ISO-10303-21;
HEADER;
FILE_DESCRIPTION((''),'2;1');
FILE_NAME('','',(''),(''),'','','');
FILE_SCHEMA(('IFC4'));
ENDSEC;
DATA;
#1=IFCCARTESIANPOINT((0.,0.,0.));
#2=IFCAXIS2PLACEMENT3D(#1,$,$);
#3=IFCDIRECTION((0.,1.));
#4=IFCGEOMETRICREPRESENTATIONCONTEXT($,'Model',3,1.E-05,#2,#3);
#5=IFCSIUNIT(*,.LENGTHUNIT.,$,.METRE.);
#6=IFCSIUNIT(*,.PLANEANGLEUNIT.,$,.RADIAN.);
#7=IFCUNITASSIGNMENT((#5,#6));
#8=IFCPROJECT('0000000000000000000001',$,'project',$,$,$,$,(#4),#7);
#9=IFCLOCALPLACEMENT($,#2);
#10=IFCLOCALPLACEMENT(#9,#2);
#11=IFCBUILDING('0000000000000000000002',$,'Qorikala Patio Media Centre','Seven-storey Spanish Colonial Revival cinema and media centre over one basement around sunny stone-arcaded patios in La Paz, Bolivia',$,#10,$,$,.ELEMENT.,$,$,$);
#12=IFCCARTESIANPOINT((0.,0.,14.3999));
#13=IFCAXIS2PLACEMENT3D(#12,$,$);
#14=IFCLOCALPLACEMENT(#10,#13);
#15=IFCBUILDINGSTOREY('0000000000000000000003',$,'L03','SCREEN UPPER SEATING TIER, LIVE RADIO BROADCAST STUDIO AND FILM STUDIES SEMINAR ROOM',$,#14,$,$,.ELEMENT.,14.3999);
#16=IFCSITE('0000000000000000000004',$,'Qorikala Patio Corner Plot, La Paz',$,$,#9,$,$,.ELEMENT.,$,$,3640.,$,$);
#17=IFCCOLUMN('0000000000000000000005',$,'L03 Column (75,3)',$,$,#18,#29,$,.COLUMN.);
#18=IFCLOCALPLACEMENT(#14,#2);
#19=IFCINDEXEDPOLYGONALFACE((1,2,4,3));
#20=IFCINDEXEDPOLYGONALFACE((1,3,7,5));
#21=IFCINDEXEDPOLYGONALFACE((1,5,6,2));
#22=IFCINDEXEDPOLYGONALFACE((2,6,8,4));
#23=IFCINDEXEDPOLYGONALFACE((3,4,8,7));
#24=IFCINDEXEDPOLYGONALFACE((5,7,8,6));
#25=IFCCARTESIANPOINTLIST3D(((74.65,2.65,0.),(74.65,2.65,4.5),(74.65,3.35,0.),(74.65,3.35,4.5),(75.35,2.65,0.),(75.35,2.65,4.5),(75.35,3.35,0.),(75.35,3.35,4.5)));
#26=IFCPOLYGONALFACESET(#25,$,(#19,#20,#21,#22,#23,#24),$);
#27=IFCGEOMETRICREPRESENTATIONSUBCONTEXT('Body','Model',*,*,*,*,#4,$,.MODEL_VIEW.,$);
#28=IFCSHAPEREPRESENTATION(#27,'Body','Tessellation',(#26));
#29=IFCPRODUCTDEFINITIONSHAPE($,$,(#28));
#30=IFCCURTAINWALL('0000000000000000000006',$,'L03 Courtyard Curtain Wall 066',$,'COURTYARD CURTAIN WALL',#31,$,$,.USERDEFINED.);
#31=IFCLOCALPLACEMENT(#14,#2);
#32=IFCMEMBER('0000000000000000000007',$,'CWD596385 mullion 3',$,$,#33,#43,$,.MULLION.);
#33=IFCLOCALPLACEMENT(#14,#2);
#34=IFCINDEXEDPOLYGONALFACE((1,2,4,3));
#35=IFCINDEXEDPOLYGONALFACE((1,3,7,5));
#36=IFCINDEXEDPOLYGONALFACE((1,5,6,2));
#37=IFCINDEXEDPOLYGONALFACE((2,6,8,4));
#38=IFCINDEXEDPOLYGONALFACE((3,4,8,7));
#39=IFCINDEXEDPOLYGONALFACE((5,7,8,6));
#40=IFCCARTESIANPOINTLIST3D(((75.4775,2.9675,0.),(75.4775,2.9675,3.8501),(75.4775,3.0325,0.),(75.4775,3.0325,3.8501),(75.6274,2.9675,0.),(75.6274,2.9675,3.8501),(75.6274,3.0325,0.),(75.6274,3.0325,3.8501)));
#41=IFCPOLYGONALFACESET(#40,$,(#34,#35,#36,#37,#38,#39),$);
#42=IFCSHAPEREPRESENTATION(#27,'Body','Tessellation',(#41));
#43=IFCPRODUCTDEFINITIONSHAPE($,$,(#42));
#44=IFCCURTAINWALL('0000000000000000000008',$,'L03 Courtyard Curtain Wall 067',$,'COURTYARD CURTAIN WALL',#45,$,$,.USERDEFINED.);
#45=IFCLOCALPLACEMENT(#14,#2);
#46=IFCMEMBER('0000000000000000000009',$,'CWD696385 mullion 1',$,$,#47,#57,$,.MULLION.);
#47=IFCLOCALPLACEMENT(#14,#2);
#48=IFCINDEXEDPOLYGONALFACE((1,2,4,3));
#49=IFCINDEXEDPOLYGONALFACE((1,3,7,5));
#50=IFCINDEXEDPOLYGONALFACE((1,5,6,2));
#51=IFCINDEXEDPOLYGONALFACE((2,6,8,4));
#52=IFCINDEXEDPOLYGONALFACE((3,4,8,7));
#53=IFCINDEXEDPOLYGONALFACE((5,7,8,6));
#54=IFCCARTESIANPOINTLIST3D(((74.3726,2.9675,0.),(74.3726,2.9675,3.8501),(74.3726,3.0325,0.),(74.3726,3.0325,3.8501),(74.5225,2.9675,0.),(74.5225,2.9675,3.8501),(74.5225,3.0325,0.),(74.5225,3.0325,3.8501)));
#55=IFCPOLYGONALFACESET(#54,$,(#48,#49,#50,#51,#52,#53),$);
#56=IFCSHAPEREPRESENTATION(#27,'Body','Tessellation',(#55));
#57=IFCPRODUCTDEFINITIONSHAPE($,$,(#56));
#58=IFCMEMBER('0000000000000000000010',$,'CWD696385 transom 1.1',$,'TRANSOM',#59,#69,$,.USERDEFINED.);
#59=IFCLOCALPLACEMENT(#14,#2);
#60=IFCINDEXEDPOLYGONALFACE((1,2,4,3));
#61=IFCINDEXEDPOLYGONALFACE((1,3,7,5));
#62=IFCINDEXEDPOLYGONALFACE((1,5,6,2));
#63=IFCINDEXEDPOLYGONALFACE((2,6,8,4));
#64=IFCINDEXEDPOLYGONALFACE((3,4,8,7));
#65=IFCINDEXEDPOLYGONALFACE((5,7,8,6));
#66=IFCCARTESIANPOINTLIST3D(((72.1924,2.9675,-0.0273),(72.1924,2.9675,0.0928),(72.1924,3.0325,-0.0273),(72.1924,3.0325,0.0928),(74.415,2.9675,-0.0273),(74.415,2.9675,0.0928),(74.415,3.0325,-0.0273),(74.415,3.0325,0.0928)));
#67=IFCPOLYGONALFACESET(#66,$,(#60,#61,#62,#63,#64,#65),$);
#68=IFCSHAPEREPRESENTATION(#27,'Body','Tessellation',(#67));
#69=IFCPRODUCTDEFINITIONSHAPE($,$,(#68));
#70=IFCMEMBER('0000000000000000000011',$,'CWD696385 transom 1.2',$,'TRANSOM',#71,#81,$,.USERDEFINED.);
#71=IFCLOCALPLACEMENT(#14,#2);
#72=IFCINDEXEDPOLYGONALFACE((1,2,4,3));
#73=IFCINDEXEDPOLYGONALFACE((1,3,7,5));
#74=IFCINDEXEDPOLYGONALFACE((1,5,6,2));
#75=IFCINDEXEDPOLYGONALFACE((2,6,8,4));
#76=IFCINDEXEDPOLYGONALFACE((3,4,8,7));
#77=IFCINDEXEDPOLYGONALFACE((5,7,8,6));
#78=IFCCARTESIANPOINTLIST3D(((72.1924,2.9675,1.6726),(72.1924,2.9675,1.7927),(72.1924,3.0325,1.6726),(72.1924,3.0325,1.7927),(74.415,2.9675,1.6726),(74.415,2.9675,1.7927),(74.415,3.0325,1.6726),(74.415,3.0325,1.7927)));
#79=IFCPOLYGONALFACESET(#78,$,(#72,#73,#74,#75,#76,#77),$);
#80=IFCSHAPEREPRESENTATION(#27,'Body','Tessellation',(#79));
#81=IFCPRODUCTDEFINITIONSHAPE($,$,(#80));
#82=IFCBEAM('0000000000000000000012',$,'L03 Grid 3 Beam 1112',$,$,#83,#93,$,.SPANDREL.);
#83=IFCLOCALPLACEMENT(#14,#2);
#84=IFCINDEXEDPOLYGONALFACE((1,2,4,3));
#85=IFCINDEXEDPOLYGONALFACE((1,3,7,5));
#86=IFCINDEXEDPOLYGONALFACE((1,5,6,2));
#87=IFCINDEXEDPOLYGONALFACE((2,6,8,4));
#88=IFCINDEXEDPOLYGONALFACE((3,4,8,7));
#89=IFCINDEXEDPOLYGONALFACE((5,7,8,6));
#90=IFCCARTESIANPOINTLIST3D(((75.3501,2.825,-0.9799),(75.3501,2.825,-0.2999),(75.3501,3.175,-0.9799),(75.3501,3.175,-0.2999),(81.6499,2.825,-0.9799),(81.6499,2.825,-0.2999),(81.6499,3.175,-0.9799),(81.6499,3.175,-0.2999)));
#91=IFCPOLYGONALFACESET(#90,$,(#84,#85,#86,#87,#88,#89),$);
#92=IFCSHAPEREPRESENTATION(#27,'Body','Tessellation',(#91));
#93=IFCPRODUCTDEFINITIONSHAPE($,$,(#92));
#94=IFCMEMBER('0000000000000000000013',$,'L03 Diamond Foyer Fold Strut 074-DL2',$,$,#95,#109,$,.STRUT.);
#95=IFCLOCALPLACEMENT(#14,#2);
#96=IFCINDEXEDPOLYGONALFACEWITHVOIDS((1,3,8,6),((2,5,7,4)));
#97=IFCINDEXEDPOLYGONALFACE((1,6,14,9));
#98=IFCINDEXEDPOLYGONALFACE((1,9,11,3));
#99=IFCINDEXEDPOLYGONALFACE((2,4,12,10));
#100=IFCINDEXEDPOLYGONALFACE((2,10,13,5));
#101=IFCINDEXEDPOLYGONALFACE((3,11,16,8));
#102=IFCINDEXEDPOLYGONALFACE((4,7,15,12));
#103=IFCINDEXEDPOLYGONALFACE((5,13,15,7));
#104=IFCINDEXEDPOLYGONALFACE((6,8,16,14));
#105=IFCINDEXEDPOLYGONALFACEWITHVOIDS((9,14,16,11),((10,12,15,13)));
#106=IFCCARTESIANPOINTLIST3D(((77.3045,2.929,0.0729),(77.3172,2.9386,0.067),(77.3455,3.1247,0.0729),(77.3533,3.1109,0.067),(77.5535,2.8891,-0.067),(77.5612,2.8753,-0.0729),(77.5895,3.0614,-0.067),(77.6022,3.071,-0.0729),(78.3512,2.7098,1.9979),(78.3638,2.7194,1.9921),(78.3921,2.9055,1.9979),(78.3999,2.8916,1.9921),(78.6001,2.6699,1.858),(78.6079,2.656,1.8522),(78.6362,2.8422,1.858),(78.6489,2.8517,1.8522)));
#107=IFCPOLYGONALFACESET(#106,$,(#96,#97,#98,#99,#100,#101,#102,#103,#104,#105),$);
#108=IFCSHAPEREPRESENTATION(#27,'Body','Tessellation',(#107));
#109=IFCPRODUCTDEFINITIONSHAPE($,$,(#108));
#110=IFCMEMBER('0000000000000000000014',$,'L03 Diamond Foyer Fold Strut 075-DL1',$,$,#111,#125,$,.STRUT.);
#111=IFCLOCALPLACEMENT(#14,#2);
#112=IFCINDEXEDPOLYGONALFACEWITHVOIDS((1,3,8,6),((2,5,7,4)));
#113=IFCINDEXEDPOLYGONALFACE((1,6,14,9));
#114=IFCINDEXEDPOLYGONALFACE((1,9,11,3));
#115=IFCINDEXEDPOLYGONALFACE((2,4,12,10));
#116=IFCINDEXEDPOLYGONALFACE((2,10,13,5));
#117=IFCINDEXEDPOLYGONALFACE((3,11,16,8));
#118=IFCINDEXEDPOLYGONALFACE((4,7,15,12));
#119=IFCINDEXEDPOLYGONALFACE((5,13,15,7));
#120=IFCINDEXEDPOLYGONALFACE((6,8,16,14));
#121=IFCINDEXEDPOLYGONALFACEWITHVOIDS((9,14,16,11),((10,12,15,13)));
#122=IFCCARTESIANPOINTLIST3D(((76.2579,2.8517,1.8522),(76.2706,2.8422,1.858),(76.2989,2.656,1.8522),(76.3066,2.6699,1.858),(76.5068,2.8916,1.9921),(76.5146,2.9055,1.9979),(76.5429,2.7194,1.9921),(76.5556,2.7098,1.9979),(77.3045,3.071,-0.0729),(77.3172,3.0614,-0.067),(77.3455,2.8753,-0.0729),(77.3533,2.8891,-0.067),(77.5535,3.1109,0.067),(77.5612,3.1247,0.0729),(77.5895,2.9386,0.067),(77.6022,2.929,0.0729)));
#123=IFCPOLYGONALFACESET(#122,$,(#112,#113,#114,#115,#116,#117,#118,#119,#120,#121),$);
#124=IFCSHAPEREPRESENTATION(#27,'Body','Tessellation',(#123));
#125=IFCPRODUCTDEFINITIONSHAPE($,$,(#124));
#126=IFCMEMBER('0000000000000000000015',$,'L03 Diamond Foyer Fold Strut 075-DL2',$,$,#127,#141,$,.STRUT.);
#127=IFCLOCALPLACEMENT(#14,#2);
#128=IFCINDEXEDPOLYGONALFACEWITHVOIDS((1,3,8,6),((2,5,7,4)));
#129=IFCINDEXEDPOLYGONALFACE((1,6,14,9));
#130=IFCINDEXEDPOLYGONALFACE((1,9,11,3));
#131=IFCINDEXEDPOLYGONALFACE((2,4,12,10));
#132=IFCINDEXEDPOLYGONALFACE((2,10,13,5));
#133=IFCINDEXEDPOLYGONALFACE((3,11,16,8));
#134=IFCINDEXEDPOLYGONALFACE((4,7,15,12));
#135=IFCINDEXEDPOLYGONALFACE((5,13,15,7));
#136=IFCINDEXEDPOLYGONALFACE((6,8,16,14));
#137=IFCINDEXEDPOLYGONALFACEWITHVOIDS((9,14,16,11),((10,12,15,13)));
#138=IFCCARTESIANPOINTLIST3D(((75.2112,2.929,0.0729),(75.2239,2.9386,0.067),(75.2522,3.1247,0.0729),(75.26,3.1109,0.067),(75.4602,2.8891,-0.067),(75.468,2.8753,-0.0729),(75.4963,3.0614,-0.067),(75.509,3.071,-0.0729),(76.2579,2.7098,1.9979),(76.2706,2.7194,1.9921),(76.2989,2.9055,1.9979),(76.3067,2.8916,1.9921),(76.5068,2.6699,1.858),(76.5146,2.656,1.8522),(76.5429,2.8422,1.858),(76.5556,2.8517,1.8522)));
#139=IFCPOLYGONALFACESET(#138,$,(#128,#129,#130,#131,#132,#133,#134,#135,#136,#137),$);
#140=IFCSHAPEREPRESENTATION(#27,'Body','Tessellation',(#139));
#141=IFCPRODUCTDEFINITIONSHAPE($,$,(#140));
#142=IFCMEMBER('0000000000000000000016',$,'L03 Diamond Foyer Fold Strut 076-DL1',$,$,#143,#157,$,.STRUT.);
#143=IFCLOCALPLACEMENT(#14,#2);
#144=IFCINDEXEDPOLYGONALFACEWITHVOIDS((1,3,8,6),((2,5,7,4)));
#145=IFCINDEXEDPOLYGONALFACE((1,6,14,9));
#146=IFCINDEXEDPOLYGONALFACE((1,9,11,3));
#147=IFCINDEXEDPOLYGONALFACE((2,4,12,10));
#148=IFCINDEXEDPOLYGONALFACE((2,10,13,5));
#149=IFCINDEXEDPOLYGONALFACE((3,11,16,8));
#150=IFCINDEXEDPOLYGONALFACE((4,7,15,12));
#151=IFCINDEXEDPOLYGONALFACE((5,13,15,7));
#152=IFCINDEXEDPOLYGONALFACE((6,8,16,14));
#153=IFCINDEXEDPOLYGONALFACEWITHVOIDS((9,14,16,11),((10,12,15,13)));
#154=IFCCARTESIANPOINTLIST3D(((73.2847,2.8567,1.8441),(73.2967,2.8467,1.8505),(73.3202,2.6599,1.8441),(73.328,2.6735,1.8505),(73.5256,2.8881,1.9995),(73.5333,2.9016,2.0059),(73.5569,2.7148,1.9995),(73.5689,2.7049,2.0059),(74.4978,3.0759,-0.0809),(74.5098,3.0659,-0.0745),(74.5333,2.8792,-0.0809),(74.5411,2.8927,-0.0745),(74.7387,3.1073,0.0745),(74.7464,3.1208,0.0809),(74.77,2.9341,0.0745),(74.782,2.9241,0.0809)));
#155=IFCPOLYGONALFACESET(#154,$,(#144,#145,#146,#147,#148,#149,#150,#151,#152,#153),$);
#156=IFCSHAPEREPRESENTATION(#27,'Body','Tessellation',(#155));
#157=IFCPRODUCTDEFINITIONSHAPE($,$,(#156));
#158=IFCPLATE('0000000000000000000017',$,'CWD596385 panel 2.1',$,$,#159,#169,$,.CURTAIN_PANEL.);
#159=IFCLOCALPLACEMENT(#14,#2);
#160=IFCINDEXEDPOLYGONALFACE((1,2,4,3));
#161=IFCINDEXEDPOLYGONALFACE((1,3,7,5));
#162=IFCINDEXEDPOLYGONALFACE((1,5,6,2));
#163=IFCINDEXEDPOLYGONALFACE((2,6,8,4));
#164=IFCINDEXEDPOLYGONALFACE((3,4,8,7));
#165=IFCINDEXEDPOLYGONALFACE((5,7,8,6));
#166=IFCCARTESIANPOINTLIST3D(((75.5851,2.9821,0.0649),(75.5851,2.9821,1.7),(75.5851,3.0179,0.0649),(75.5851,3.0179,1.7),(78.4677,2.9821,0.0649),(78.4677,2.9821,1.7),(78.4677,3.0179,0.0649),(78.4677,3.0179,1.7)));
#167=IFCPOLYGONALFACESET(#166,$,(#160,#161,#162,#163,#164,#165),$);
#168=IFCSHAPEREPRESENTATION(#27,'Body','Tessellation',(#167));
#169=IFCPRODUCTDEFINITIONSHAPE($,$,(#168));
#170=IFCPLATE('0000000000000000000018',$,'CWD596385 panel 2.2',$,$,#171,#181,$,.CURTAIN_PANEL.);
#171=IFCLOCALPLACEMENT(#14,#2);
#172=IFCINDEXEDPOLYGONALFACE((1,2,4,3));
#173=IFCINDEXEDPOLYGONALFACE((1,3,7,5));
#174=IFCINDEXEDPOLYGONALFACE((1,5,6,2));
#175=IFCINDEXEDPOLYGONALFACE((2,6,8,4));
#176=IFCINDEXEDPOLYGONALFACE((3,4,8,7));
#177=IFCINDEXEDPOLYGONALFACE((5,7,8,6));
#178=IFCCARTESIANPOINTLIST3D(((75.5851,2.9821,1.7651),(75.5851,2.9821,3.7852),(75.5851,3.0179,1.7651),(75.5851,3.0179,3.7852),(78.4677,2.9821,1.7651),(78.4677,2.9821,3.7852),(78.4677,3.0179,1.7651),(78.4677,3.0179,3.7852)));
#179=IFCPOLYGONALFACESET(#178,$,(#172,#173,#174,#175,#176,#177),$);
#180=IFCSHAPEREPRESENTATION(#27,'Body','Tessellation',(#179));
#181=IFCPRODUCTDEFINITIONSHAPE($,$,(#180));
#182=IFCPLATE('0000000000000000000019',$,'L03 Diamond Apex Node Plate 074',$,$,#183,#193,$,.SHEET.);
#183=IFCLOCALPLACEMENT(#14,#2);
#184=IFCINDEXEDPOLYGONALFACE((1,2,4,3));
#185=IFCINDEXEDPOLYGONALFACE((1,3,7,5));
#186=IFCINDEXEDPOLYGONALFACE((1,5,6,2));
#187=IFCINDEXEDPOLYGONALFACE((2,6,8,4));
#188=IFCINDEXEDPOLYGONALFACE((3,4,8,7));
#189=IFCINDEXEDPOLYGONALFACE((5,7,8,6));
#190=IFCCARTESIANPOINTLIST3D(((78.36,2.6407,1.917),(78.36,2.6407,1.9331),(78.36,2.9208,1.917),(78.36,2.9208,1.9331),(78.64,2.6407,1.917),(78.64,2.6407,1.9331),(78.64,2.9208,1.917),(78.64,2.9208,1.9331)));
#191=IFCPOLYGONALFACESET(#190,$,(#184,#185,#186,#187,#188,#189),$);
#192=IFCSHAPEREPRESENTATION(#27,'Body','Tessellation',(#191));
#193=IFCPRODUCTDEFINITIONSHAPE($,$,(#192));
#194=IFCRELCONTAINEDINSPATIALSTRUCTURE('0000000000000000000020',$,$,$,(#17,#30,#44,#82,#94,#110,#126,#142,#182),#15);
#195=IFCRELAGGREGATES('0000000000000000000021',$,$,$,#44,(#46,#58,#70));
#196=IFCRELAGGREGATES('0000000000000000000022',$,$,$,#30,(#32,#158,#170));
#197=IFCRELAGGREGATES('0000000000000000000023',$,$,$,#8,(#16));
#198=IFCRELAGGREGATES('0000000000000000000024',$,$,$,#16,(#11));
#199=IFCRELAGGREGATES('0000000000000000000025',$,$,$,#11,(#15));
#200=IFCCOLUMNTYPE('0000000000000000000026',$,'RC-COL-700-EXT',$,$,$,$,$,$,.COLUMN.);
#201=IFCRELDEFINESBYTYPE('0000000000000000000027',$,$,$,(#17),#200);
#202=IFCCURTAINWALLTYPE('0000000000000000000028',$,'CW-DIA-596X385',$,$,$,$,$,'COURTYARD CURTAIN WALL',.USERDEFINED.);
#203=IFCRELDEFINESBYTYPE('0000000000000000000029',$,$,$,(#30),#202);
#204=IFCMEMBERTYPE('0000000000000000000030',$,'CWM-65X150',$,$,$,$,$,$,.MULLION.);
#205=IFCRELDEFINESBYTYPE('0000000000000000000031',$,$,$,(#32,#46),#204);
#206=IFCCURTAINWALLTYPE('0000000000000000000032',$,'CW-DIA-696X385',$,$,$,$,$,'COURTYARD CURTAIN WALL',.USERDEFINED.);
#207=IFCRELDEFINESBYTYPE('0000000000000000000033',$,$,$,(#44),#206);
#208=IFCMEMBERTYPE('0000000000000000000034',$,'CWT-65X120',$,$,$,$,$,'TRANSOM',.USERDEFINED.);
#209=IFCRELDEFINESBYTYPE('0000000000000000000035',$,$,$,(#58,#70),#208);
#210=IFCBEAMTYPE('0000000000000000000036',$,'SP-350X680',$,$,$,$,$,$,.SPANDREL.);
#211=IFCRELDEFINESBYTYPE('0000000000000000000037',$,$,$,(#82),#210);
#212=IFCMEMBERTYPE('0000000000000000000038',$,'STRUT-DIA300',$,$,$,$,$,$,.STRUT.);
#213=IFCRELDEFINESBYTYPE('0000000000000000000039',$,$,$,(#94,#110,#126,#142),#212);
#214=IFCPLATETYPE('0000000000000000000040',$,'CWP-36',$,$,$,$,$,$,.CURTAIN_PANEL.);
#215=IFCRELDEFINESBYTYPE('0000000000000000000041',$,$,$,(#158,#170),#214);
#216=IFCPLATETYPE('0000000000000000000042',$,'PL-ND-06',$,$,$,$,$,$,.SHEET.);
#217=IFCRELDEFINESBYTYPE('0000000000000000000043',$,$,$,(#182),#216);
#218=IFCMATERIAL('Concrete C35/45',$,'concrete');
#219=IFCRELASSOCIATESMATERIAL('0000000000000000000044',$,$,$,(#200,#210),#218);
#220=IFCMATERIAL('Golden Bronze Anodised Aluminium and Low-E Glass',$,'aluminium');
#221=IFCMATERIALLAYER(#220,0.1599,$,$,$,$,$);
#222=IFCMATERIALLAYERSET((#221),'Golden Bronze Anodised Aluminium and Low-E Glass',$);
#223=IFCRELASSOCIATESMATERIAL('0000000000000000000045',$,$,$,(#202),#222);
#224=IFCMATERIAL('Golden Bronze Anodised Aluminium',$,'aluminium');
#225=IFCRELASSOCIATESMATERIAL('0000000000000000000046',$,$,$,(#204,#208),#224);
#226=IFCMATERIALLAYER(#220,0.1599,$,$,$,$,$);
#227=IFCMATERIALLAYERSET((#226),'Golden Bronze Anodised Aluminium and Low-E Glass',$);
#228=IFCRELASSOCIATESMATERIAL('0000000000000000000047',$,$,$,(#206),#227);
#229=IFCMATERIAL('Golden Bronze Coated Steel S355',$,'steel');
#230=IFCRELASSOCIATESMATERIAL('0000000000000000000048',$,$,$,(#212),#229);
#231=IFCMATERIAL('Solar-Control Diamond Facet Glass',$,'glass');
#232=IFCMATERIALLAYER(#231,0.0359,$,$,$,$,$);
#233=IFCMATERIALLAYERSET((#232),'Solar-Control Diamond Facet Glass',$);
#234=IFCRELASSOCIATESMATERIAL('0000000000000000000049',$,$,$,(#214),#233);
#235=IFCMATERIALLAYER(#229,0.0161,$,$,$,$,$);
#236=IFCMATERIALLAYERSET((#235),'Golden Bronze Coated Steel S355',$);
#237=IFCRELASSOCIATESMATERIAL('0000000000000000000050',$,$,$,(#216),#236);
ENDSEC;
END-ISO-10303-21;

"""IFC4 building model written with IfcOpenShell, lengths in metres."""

from ifc_helpers import new_model, si_unit, direction, frame, origin, origin_2d, place, context, subcontext, project, spatial, rectangle, hollow_rectangle, extrude, material, layer, layer_set, material_profile, profile_set, type_object, element, aggregate, save


model = new_model("IFC4")

# Units and contexts
model_context = context("Model", 3, precision=1e-05, world=origin(), true_north=direction((0.0, 1.0)))
body_context = subcontext(model_context, "Body", "Model", "MODEL_VIEW")
ifc_project = project(units=[si_unit("LENGTHUNIT", "METRE"), si_unit("PLANEANGLEUNIT", "RADIAN")], contexts=[model_context])

# Site, building, storey
site_placement = place(None, origin())
site = spatial("IfcSite", under=ifc_project, at=site_placement, Name="Qorikala Patio Corner Plot, La Paz", CompositionType="ELEMENT", RefElevation=3640.0)
building_placement = place(site_placement, origin())
building = spatial("IfcBuilding", under=site, at=building_placement, Name="Qorikala Patio Media Centre", Description="Seven-storey Spanish Colonial Revival cinema and media centre over one basement around sunny stone-arcaded patios in La Paz, Bolivia", CompositionType="ELEMENT")
storey_placement = place(building_placement, frame((0.0, 0.0, 14.3999)))
storey = spatial("IfcBuildingStorey", under=building, at=storey_placement, Name="L03", Description="SCREEN UPPER SEATING TIER, LIVE RADIO BROADCAST STUDIO AND FILM STUDIES SEMINAR ROOM", CompositionType="ELEMENT", Elevation=14.3999)

# Column
ifc_material_1 = material(Name="Concrete C35/45", Category="concrete")
ifc_material_profile_1 = material_profile(ifc_material_1, rectangle(XDim=0.7, YDim=0.7, at=origin_2d()), Name="RC 700x700")
ifc_profile_set_1 = profile_set([ifc_material_profile_1], Name="Concrete C35/45")
column_type = type_object("IfcColumnType", Name="RC-COL-700-EXT", PredefinedType="COLUMN", material=ifc_profile_set_1)
column_placement = place(storey_placement, frame((75.0, 3.0, 0.0), z_axis=(0.0, 0.0, 1.0), x_axis=(1.0, 0.0, 0.0)))
element("IfcColumn", 1, at=column_placement, inside=storey, type_object=column_type, Name="L03 Column (75,3)", PredefinedType="COLUMN", context=body_context, shape_type="SweptSolid", body=[
    extrude(rectangle(XDim=0.7, YDim=0.7, at=origin_2d()), origin(), (0.0, 0.0, 1.0), 4.5),
])

# Curtain wall, member
ifc_material_2 = material(Name="Golden Bronze Anodised Aluminium and Low-E Glass", Category="aluminium")
ifc_layer_1 = layer(ifc_material_2, 0.1599)
ifc_layer_set_1 = layer_set([ifc_layer_1], Name="Golden Bronze Anodised Aluminium and Low-E Glass")
curtain_wall_type_1 = type_object("IfcCurtainWallType", Name="CW-DIA-596X385", ElementType="COURTYARD CURTAIN WALL", PredefinedType="USERDEFINED", material=ifc_layer_set_1)
curtain_wall_1_placement = place(storey_placement, origin())
curtain_wall_1 = element("IfcCurtainWall", 2, at=curtain_wall_1_placement, inside=storey, type_object=curtain_wall_type_1, Name="L03 Courtyard Curtain Wall 066", ObjectType="COURTYARD CURTAIN WALL", PredefinedType="USERDEFINED")
ifc_material_3 = material(Name="Golden Bronze Anodised Aluminium", Category="aluminium")
ifc_material_profile_2 = material_profile(ifc_material_3, rectangle(XDim=0.0649, YDim=0.1499, at=origin_2d()), Name="ALU MULLION 65x150")
ifc_profile_set_2 = profile_set([ifc_material_profile_2], Name="Golden Bronze Anodised Aluminium")
member_type_1 = type_object("IfcMemberType", Name="CWM-65X150", PredefinedType="MULLION", material=ifc_profile_set_2)
member_1_placement = place(storey_placement, frame((75.5525, 3.0, 0.0), z_axis=(0.0, 0.0, 1.0), x_axis=(0.0, -1.0, 0.0)))
member_1 = element("IfcMember", 3, at=member_1_placement, type_object=member_type_1, Name="CWD596385 mullion 3", PredefinedType="MULLION", context=body_context, shape_type="SweptSolid", body=[
    extrude(rectangle(XDim=0.0649, YDim=0.1499, at=origin_2d()), origin(), (0.0, 0.0, 1.0), 3.8501),
])

# Curtain wall, members
ifc_layer_2 = layer(ifc_material_2, 0.1599)
ifc_layer_set_2 = layer_set([ifc_layer_2], Name="Golden Bronze Anodised Aluminium and Low-E Glass")
curtain_wall_type_2 = type_object("IfcCurtainWallType", Name="CW-DIA-696X385", ElementType="COURTYARD CURTAIN WALL", PredefinedType="USERDEFINED", material=ifc_layer_set_2)
curtain_wall_2_placement = place(storey_placement, origin())
curtain_wall_2 = element("IfcCurtainWall", 4, at=curtain_wall_2_placement, inside=storey, type_object=curtain_wall_type_2, Name="L03 Courtyard Curtain Wall 067", ObjectType="COURTYARD CURTAIN WALL", PredefinedType="USERDEFINED")
member_2_placement = place(storey_placement, frame((74.4475, 3.0, 0.0), z_axis=(0.0, 0.0, 1.0), x_axis=(0.0, -1.0, 0.0)))
member_2 = element("IfcMember", 5, at=member_2_placement, type_object=member_type_1, Name="CWD696385 mullion 1", PredefinedType="MULLION", context=body_context, shape_type="SweptSolid", body=[
    extrude(rectangle(XDim=0.0649, YDim=0.1499, at=origin_2d()), origin(), (0.0, 0.0, 1.0), 3.8501),
])
ifc_material_profile_3 = material_profile(ifc_material_3, rectangle(XDim=0.0649, YDim=0.1201, at=origin_2d()), Name="ALU TRANSOM 65x120")
ifc_profile_set_3 = profile_set([ifc_material_profile_3], Name="Golden Bronze Anodised Aluminium")
member_type_2 = type_object("IfcMemberType", Name="CWT-65X120", ElementType="TRANSOM", PredefinedType="USERDEFINED", material=ifc_profile_set_3)
member_3_placement = place(storey_placement, frame((74.415, 3.0, 0.0327), z_axis=(-1.0, 0.0, 0.0), x_axis=(0.0, -1.0, 0.0)))
member_3 = element("IfcMember", 6, at=member_3_placement, type_object=member_type_2, Name="CWD696385 transom 1.1", ObjectType="TRANSOM", PredefinedType="USERDEFINED", context=body_context, shape_type="SweptSolid", body=[
    extrude(rectangle(XDim=0.0649, YDim=0.1201, at=origin_2d()), origin(), (0.0, 0.0, 1.0), 2.2227),
])
member_4_placement = place(storey_placement, frame((74.415, 3.0, 1.7327), z_axis=(-1.0, 0.0, 0.0), x_axis=(0.0, -1.0, 0.0)))
member_4 = element("IfcMember", 7, at=member_4_placement, type_object=member_type_2, Name="CWD696385 transom 1.2", ObjectType="TRANSOM", PredefinedType="USERDEFINED", context=body_context, shape_type="SweptSolid", body=[
    extrude(rectangle(XDim=0.0649, YDim=0.1201, at=origin_2d()), origin(), (0.0, 0.0, 1.0), 2.2227),
])
aggregate(curtain_wall_2, [member_2, member_3, member_4])

# Beam
ifc_material_profile_4 = material_profile(ifc_material_1, rectangle(XDim=0.3501, YDim=0.6799, at=origin_2d()), Name="RC 350x680")
ifc_profile_set_4 = profile_set([ifc_material_profile_4], Name="Concrete C35/45")
beam_type = type_object("IfcBeamType", Name="SP-350X680", PredefinedType="SPANDREL", material=ifc_profile_set_4)
beam_placement = place(storey_placement, frame((75.3501, 3.0, -0.6399), z_axis=(1.0, 0.0, 0.0), x_axis=(0.0, 1.0, 0.0)))
element("IfcBeam", 8, at=beam_placement, inside=storey, type_object=beam_type, Name="L03 Grid 3 Beam 1112", PredefinedType="SPANDREL", context=body_context, shape_type="SweptSolid", body=[
    extrude(rectangle(XDim=0.3501, YDim=0.6799, at=origin_2d()), origin(), (0.0, 0.0, 1.0), 6.2998),
])

# Members
ifc_material_4 = material(Name="Golden Bronze Coated Steel S355", Category="steel")
ifc_material_profile_5 = material_profile(ifc_material_4, hollow_rectangle(XDim=0.2, YDim=0.3, WallThickness=0.012, at=origin_2d()), Name="HSS300X200X12")
ifc_profile_set_5 = profile_set([ifc_material_profile_5], Name="Golden Bronze Coated Steel S355")
member_type_3 = type_object("IfcMemberType", Name="STRUT-DIA300", PredefinedType="STRUT", material=ifc_profile_set_5)
for number, where, z_axis, x_axis, name in (
    (9, (77.4534, 3.0, 0.0), (0.475284, -0.099558, 0.874181), (0.205021, 0.978758, 0.0), "L03 Diamond Foyer Fold Strut 074-DL2"),
    (10, (77.4534, 3.0, 0.0), (-0.475284, -0.099558, 0.874181), (0.205021, -0.978758, 0.0), "L03 Diamond Foyer Fold Strut 075-DL1"),
    (11, (75.3601, 3.0, 0.0), (0.475284, -0.099558, 0.874181), (0.205021, 0.978758, 0.0), "L03 Diamond Foyer Fold Strut 075-DL2"),
):
    element("IfcMember", number, at=place(storey_placement, frame(where, z_axis=z_axis, x_axis=x_axis)), inside=storey, type_object=member_type_3, Name=name, PredefinedType="STRUT", context=body_context, shape_type="SweptSolid", body=[
        extrude(hollow_rectangle(XDim=0.2, YDim=0.3, WallThickness=0.012, at=origin_2d()), origin(), (0.0, 0.0, 1.0), 2.2021),
    ])
member_5_placement = place(storey_placement, frame((74.6399, 3.0, 0.0), z_axis=(-0.530691, -0.095907, 0.842121), x_axis=(0.17784, -0.984059, 0.0)))
element("IfcMember", 12, at=member_5_placement, inside=storey, type_object=member_type_3, Name="L03 Diamond Foyer Fold Strut 076-DL1", PredefinedType="STRUT", context=body_context, shape_type="SweptSolid", body=[
    extrude(hollow_rectangle(XDim=0.2, YDim=0.3, WallThickness=0.012, at=origin_2d()), origin(), (0.0, 0.0, 1.0), 2.2859),
])

# Plates
ifc_material_5 = material(Name="Solar-Control Diamond Facet Glass", Category="glass")
ifc_layer_3 = layer(ifc_material_5, 0.0359)
ifc_layer_set_3 = layer_set([ifc_layer_3], Name="Solar-Control Diamond Facet Glass")
plate_type_1 = type_object("IfcPlateType", Name="CWP-36", PredefinedType="CURTAIN_PANEL", material=ifc_layer_set_3)
plate_1_placement = place(storey_placement, frame((77.0264, 3.0, 0.0649), z_axis=(0.0, 0.0, 1.0), x_axis=(-1.0, 0.0, 0.0)))
plate_1 = element("IfcPlate", 13, at=plate_1_placement, type_object=plate_type_1, Name="CWD596385 panel 2.1", PredefinedType="CURTAIN_PANEL", context=body_context, shape_type="SweptSolid", body=[
    extrude(rectangle(XDim=2.8826, YDim=0.0359, at=origin_2d()), origin(), (0.0, 0.0, 1.0), 1.635),
])
plate_2_placement = place(storey_placement, frame((77.0264, 3.0, 1.7651), z_axis=(0.0, 0.0, 1.0), x_axis=(-1.0, 0.0, 0.0)))
plate_2 = element("IfcPlate", 14, at=plate_2_placement, type_object=plate_type_1, Name="CWD596385 panel 2.2", PredefinedType="CURTAIN_PANEL", context=body_context, shape_type="SweptSolid", body=[
    extrude(rectangle(XDim=2.8826, YDim=0.0359, at=origin_2d()), origin(), (0.0, 0.0, 1.0), 2.02),
])
aggregate(curtain_wall_1, [member_1, plate_1, plate_2])

# Plate
ifc_layer_4 = layer(ifc_material_4, 0.0161)
ifc_layer_set_4 = layer_set([ifc_layer_4], Name="Golden Bronze Coated Steel S355")
plate_type_2 = type_object("IfcPlateType", Name="PL-ND-06", PredefinedType="SHEET", material=ifc_layer_set_4)
for number, where, z_axis, x_axis, name in (
    (15, (78.5, 2.7808, 1.917), (0.0, 0.0, 1.0), (-1.0, 0.0, 0.0), "L03 Diamond Apex Node Plate 074"),
):
    element("IfcPlate", number, at=place(storey_placement, frame(where, z_axis=z_axis, x_axis=x_axis)), inside=storey, type_object=plate_type_2, Name=name, PredefinedType="SHEET", context=body_context, shape_type="SweptSolid", body=[
        extrude(rectangle(XDim=0.28, YDim=0.28, at=origin_2d()), origin(), (0.0, 0.0, 1.0), 0.0161),
    ])

save(model, "model.ifc")
